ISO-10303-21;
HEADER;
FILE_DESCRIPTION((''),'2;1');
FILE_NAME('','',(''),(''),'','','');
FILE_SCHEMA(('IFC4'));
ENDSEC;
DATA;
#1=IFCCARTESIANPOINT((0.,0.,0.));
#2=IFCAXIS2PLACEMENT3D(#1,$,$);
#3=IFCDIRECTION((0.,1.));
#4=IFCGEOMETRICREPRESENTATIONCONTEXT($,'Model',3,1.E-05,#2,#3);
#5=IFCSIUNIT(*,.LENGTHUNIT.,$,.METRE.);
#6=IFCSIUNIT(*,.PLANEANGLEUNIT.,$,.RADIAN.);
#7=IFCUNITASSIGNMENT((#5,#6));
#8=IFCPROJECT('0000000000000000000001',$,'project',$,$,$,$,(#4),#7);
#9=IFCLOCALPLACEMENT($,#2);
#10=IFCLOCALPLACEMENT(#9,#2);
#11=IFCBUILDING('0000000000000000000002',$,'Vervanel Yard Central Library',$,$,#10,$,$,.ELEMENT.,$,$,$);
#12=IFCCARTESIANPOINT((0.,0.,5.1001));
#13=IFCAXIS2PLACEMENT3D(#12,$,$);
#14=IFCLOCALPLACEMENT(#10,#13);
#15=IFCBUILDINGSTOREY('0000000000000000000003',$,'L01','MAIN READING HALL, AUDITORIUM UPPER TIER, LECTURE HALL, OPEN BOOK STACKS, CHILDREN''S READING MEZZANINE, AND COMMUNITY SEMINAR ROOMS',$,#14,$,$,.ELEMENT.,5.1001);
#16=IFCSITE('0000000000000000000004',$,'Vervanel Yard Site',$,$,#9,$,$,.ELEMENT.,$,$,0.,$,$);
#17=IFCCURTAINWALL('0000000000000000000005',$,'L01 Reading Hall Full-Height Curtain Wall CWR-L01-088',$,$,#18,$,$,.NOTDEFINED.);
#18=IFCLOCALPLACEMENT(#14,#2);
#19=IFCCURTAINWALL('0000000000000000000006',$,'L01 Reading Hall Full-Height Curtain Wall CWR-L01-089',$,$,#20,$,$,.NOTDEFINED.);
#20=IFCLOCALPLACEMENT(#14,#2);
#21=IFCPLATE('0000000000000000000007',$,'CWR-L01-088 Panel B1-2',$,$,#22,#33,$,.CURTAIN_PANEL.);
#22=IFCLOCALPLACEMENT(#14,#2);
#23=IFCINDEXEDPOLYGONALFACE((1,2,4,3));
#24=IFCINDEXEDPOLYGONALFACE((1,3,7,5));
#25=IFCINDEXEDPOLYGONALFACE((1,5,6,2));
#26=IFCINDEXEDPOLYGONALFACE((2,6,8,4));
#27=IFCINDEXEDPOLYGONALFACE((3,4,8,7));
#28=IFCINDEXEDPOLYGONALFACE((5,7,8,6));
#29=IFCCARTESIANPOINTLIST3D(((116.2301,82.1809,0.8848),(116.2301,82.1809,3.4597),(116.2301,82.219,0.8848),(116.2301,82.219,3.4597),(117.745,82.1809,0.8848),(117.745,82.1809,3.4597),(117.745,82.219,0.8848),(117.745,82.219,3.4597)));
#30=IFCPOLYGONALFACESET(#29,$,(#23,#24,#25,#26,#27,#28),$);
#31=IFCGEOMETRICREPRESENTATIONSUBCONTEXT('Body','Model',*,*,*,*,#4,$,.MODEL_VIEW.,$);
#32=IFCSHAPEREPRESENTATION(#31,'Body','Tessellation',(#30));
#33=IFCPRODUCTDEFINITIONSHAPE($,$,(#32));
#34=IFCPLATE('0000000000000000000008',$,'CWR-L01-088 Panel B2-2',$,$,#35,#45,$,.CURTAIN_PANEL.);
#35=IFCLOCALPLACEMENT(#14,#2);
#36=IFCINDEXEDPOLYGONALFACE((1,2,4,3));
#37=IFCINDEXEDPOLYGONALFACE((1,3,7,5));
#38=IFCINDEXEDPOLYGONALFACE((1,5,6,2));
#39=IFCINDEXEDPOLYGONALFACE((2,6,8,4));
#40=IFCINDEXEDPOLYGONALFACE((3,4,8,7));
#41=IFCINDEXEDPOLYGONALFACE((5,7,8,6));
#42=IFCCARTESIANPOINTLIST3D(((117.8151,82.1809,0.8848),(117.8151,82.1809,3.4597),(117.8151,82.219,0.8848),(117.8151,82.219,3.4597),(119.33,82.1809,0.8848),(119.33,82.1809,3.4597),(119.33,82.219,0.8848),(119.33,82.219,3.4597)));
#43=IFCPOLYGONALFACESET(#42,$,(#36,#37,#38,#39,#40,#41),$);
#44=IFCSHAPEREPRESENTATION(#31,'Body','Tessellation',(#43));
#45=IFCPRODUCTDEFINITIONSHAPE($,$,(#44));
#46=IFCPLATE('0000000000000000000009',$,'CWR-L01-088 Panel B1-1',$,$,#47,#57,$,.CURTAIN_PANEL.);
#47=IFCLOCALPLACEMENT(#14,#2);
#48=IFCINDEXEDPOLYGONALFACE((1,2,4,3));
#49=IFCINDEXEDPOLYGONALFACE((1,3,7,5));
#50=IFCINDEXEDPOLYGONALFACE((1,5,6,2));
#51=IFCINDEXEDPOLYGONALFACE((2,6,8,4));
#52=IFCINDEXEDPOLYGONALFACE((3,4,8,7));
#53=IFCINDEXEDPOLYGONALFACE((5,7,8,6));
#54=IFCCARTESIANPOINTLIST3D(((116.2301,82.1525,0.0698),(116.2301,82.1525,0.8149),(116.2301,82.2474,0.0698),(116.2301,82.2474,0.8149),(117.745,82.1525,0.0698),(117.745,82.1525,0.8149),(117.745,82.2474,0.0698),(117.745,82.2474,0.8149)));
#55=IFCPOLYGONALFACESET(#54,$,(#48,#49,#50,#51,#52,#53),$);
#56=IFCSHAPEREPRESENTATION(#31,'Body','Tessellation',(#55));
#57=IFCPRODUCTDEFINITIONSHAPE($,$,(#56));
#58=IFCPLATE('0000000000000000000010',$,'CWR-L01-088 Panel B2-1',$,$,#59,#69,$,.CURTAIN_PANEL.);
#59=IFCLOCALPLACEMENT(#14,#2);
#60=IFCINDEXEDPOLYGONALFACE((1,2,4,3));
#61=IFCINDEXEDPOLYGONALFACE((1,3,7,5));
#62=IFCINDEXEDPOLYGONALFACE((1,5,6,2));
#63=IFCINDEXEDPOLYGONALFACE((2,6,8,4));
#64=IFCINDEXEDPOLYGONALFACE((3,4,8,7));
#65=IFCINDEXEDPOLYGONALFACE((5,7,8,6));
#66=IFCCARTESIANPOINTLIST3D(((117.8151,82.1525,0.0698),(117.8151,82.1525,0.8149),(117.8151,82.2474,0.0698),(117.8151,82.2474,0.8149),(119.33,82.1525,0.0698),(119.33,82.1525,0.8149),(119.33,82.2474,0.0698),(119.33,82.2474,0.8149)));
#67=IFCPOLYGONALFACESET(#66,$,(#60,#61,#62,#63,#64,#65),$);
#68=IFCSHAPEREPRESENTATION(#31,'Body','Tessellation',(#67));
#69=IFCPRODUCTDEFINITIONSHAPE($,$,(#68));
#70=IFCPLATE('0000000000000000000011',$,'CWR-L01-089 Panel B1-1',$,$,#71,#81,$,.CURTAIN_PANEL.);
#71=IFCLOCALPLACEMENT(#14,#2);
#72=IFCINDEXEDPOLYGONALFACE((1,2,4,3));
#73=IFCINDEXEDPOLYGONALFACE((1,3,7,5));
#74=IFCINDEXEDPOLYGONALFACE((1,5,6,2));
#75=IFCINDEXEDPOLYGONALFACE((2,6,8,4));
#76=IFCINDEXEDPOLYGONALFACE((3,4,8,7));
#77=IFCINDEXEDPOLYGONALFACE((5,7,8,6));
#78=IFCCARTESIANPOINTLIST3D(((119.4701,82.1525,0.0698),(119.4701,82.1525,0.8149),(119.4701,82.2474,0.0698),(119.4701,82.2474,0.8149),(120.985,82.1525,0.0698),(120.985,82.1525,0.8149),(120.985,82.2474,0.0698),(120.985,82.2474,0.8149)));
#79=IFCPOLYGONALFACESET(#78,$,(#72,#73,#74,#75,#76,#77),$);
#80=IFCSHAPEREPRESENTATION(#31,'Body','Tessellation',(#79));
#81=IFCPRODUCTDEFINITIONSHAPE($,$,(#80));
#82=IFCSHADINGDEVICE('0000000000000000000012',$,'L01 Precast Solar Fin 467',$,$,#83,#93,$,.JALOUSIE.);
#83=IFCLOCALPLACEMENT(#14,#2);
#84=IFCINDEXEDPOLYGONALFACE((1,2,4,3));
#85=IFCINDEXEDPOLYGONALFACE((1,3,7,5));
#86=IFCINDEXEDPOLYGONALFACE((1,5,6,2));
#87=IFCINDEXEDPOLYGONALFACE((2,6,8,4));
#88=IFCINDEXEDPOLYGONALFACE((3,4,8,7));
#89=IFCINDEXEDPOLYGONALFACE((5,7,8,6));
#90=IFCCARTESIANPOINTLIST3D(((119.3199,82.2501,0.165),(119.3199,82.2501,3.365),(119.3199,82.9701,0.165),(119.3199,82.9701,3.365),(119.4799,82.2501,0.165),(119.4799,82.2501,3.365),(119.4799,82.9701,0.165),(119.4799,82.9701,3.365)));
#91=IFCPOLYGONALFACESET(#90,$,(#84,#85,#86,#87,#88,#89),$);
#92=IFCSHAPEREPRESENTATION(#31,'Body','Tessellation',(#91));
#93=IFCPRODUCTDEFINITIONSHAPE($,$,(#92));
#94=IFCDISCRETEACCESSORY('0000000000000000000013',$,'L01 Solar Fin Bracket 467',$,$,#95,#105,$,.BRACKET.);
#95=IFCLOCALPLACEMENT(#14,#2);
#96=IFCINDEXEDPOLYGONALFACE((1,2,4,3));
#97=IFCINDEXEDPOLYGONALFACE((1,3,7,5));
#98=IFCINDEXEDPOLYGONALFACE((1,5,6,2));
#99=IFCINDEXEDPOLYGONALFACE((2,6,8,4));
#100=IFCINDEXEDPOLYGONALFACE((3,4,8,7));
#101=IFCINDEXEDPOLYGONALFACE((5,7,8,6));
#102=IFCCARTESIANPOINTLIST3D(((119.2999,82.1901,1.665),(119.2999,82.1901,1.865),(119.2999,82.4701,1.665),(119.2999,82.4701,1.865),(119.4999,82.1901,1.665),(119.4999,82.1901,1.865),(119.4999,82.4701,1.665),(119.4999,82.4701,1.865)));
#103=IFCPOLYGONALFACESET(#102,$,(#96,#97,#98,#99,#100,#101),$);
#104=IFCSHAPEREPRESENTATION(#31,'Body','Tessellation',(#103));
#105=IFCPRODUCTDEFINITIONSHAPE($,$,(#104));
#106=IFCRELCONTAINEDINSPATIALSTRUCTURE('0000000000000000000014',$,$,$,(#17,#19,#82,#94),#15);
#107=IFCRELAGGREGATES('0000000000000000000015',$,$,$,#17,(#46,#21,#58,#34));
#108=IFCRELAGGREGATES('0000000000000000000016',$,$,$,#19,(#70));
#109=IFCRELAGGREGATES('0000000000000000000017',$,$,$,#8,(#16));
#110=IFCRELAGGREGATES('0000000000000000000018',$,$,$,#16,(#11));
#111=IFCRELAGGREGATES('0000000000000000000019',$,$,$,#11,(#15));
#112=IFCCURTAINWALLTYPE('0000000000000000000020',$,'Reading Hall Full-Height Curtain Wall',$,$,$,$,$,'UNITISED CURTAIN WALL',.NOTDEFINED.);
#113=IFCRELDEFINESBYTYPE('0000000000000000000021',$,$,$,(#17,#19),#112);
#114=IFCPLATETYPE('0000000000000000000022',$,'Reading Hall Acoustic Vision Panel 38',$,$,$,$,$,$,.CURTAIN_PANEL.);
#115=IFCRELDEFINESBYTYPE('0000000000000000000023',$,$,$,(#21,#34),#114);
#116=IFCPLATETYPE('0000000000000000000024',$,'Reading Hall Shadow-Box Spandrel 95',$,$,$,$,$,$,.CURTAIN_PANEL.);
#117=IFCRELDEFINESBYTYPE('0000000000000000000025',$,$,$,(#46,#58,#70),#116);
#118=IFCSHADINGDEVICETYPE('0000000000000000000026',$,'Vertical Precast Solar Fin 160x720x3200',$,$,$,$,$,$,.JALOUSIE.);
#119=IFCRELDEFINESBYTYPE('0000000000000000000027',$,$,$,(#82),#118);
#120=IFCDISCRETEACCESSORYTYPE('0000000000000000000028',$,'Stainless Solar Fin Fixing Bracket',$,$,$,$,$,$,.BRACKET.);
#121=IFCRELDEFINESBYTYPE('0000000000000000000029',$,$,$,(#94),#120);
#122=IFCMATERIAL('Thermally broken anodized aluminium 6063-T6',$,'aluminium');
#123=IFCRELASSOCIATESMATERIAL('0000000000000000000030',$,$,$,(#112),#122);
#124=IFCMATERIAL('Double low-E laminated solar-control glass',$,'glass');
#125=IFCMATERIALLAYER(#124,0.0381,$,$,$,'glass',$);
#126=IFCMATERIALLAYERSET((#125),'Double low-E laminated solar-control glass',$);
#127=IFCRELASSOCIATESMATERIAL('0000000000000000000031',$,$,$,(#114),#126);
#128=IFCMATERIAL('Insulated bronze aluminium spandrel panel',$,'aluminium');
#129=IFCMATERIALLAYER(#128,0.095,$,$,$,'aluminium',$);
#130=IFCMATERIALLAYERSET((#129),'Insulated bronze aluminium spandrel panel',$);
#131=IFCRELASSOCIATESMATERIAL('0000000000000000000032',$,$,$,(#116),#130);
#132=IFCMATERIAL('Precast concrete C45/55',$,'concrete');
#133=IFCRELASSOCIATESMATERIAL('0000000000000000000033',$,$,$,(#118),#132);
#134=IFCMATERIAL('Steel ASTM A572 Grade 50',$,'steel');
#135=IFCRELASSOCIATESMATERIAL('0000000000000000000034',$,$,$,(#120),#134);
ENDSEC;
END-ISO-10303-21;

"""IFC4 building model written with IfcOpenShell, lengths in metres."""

from ifc_helpers import new_model, si_unit, direction, frame, origin, origin_2d, place, context, subcontext, project, spatial, rectangle, extrude, material, layer, layer_set, type_object, element, aggregate, save


model = new_model("IFC4")

# Units and contexts
model_context = context("Model", 3, precision=1e-05, world=origin(), true_north=direction((0.0, 1.0)))
body_context = subcontext(model_context, "Body", "Model", "MODEL_VIEW")
ifc_project = project(units=[si_unit("LENGTHUNIT", "METRE"), si_unit("PLANEANGLEUNIT", "RADIAN")], contexts=[model_context])

# Site, building, storey
site_placement = place(None, origin())
site = spatial("IfcSite", under=ifc_project, at=site_placement, Name="Vervanel Yard Site", CompositionType="ELEMENT", RefElevation=0.0)
building_placement = place(site_placement, origin())
building = spatial("IfcBuilding", under=site, at=building_placement, Name="Vervanel Yard Central Library", CompositionType="ELEMENT")
storey_placement = place(building_placement, frame((0.0, 0.0, 5.1001)))
storey = spatial("IfcBuildingStorey", under=building, at=storey_placement, Name="L01", Description="MAIN READING HALL, AUDITORIUM UPPER TIER, LECTURE HALL, OPEN BOOK STACKS, CHILDREN'S READING MEZZANINE, AND COMMUNITY SEMINAR ROOMS", CompositionType="ELEMENT", Elevation=5.1001)

# Curtain wall
ifc_material_1 = material(Name="Thermally broken anodized aluminium 6063-T6", Category="aluminium")
curtain_wall_type = type_object("IfcCurtainWallType", Name="Reading Hall Full-Height Curtain Wall", ElementType="UNITISED CURTAIN WALL", PredefinedType="NOTDEFINED", material=ifc_material_1)
curtain_wall_1_placement = place(storey_placement, origin())
curtain_wall_1 = element("IfcCurtainWall", 1, at=curtain_wall_1_placement, inside=storey, type_object=curtain_wall_type, Name="L01 Reading Hall Full-Height Curtain Wall CWR-L01-088", PredefinedType="NOTDEFINED")

# Curtain wall
curtain_wall_2_placement = place(storey_placement, origin())
curtain_wall_2 = element("IfcCurtainWall", 2, at=curtain_wall_2_placement, inside=storey, type_object=curtain_wall_type, Name="L01 Reading Hall Full-Height Curtain Wall CWR-L01-089", PredefinedType="NOTDEFINED")

# Plates
ifc_material_2 = material(Name="Double low-E laminated solar-control glass", Category="glass")
ifc_layer_1 = layer(ifc_material_2, 0.0381, Category="glass")
ifc_layer_set_1 = layer_set([ifc_layer_1], Name="Double low-E laminated solar-control glass")
plate_type_1 = type_object("IfcPlateType", Name="Reading Hall Acoustic Vision Panel 38", PredefinedType="CURTAIN_PANEL", material=ifc_layer_set_1)
plate_1_placement = place(storey_placement, frame((116.9875, 82.2, 0.8848), z_axis=(0.0, 0.0, 1.0), x_axis=(1.0, 0.0, 0.0)))
plate_1 = element("IfcPlate", 3, at=plate_1_placement, type_object=plate_type_1, Name="CWR-L01-088 Panel B1-2", PredefinedType="CURTAIN_PANEL", context=body_context, shape_type="SweptSolid", body=[
    extrude(rectangle(XDim=1.5149, YDim=0.0381, at=origin_2d()), origin(), (0.0, 0.0, 1.0), 2.575),
])
plate_2_placement = place(storey_placement, frame((118.5725, 82.2, 0.8848), z_axis=(0.0, 0.0, 1.0), x_axis=(1.0, 0.0, 0.0)))
plate_2 = element("IfcPlate", 4, at=plate_2_placement, type_object=plate_type_1, Name="CWR-L01-088 Panel B2-2", PredefinedType="CURTAIN_PANEL", context=body_context, shape_type="SweptSolid", body=[
    extrude(rectangle(XDim=1.5149, YDim=0.0381, at=origin_2d()), origin(), (0.0, 0.0, 1.0), 2.575),
])
ifc_material_3 = material(Name="Insulated bronze aluminium spandrel panel", Category="aluminium")
ifc_layer_2 = layer(ifc_material_3, 0.095, Category="aluminium")
ifc_layer_set_2 = layer_set([ifc_layer_2], Name="Insulated bronze aluminium spandrel panel")
plate_type_2 = type_object("IfcPlateType", Name="Reading Hall Shadow-Box Spandrel 95", PredefinedType="CURTAIN_PANEL", material=ifc_layer_set_2)
plate_3_placement = place(storey_placement, frame((116.9875, 82.2, 0.0698), z_axis=(0.0, 0.0, 1.0), x_axis=(1.0, 0.0, 0.0)))
plate_3 = element("IfcPlate", 5, at=plate_3_placement, type_object=plate_type_2, Name="CWR-L01-088 Panel B1-1", PredefinedType="CURTAIN_PANEL", context=body_context, shape_type="SweptSolid", body=[
    extrude(rectangle(XDim=1.5149, YDim=0.095, at=origin_2d()), origin(), (0.0, 0.0, 1.0), 0.7451),
])
plate_4_placement = place(storey_placement, frame((118.5725, 82.2, 0.0698), z_axis=(0.0, 0.0, 1.0), x_axis=(1.0, 0.0, 0.0)))
plate_4 = element("IfcPlate", 6, at=plate_4_placement, type_object=plate_type_2, Name="CWR-L01-088 Panel B2-1", PredefinedType="CURTAIN_PANEL", context=body_context, shape_type="SweptSolid", body=[
    extrude(rectangle(XDim=1.5149, YDim=0.095, at=origin_2d()), origin(), (0.0, 0.0, 1.0), 0.7451),
])
aggregate(curtain_wall_1, [plate_3, plate_1, plate_4, plate_2])
plate_5_placement = place(storey_placement, frame((120.2275, 82.2, 0.0698), z_axis=(0.0, 0.0, 1.0), x_axis=(1.0, 0.0, 0.0)))
plate_5 = element("IfcPlate", 7, at=plate_5_placement, type_object=plate_type_2, Name="CWR-L01-089 Panel B1-1", PredefinedType="CURTAIN_PANEL", context=body_context, shape_type="SweptSolid", body=[
    extrude(rectangle(XDim=1.5149, YDim=0.095, at=origin_2d()), origin(), (0.0, 0.0, 1.0), 0.7451),
])
aggregate(curtain_wall_2, [plate_5])

# Shading device
ifc_material_4 = material(Name="Precast concrete C45/55", Category="concrete")
shading_device_type = type_object("IfcShadingDeviceType", Name="Vertical Precast Solar Fin 160x720x3200", PredefinedType="JALOUSIE", material=ifc_material_4)
shading_device_placement = place(storey_placement, frame((119.3999, 82.6101, 0.165), z_axis=(0.0, 0.0, 1.0), x_axis=(1.0, 0.0, 0.0)))
element("IfcShadingDevice", 8, at=shading_device_placement, inside=storey, type_object=shading_device_type, Name="L01 Precast Solar Fin 467", PredefinedType="JALOUSIE", context=body_context, shape_type="SweptSolid", body=[
    extrude(rectangle(XDim=0.1599, YDim=0.72, at=origin_2d()), origin(), (0.0, 0.0, 1.0), 3.2),
])

# Discrete accessory
ifc_material_5 = material(Name="Steel ASTM A572 Grade 50", Category="steel")
discrete_accessory_type = type_object("IfcDiscreteAccessoryType", Name="Stainless Solar Fin Fixing Bracket", PredefinedType="BRACKET", material=ifc_material_5)
discrete_accessory_placement = place(storey_placement, frame((119.3999, 82.3301, 1.665), z_axis=(0.0, 0.0, 1.0), x_axis=(1.0, 0.0, 0.0)))
element("IfcDiscreteAccessory", 9, at=discrete_accessory_placement, inside=storey, type_object=discrete_accessory_type, Name="L01 Solar Fin Bracket 467", PredefinedType="BRACKET", context=body_context, shape_type="SweptSolid", body=[
    extrude(rectangle(XDim=0.2, YDim=0.28, at=origin_2d()), origin(), (0.0, 0.0, 1.0), 0.2),
])

save(model, "model.ifc")
